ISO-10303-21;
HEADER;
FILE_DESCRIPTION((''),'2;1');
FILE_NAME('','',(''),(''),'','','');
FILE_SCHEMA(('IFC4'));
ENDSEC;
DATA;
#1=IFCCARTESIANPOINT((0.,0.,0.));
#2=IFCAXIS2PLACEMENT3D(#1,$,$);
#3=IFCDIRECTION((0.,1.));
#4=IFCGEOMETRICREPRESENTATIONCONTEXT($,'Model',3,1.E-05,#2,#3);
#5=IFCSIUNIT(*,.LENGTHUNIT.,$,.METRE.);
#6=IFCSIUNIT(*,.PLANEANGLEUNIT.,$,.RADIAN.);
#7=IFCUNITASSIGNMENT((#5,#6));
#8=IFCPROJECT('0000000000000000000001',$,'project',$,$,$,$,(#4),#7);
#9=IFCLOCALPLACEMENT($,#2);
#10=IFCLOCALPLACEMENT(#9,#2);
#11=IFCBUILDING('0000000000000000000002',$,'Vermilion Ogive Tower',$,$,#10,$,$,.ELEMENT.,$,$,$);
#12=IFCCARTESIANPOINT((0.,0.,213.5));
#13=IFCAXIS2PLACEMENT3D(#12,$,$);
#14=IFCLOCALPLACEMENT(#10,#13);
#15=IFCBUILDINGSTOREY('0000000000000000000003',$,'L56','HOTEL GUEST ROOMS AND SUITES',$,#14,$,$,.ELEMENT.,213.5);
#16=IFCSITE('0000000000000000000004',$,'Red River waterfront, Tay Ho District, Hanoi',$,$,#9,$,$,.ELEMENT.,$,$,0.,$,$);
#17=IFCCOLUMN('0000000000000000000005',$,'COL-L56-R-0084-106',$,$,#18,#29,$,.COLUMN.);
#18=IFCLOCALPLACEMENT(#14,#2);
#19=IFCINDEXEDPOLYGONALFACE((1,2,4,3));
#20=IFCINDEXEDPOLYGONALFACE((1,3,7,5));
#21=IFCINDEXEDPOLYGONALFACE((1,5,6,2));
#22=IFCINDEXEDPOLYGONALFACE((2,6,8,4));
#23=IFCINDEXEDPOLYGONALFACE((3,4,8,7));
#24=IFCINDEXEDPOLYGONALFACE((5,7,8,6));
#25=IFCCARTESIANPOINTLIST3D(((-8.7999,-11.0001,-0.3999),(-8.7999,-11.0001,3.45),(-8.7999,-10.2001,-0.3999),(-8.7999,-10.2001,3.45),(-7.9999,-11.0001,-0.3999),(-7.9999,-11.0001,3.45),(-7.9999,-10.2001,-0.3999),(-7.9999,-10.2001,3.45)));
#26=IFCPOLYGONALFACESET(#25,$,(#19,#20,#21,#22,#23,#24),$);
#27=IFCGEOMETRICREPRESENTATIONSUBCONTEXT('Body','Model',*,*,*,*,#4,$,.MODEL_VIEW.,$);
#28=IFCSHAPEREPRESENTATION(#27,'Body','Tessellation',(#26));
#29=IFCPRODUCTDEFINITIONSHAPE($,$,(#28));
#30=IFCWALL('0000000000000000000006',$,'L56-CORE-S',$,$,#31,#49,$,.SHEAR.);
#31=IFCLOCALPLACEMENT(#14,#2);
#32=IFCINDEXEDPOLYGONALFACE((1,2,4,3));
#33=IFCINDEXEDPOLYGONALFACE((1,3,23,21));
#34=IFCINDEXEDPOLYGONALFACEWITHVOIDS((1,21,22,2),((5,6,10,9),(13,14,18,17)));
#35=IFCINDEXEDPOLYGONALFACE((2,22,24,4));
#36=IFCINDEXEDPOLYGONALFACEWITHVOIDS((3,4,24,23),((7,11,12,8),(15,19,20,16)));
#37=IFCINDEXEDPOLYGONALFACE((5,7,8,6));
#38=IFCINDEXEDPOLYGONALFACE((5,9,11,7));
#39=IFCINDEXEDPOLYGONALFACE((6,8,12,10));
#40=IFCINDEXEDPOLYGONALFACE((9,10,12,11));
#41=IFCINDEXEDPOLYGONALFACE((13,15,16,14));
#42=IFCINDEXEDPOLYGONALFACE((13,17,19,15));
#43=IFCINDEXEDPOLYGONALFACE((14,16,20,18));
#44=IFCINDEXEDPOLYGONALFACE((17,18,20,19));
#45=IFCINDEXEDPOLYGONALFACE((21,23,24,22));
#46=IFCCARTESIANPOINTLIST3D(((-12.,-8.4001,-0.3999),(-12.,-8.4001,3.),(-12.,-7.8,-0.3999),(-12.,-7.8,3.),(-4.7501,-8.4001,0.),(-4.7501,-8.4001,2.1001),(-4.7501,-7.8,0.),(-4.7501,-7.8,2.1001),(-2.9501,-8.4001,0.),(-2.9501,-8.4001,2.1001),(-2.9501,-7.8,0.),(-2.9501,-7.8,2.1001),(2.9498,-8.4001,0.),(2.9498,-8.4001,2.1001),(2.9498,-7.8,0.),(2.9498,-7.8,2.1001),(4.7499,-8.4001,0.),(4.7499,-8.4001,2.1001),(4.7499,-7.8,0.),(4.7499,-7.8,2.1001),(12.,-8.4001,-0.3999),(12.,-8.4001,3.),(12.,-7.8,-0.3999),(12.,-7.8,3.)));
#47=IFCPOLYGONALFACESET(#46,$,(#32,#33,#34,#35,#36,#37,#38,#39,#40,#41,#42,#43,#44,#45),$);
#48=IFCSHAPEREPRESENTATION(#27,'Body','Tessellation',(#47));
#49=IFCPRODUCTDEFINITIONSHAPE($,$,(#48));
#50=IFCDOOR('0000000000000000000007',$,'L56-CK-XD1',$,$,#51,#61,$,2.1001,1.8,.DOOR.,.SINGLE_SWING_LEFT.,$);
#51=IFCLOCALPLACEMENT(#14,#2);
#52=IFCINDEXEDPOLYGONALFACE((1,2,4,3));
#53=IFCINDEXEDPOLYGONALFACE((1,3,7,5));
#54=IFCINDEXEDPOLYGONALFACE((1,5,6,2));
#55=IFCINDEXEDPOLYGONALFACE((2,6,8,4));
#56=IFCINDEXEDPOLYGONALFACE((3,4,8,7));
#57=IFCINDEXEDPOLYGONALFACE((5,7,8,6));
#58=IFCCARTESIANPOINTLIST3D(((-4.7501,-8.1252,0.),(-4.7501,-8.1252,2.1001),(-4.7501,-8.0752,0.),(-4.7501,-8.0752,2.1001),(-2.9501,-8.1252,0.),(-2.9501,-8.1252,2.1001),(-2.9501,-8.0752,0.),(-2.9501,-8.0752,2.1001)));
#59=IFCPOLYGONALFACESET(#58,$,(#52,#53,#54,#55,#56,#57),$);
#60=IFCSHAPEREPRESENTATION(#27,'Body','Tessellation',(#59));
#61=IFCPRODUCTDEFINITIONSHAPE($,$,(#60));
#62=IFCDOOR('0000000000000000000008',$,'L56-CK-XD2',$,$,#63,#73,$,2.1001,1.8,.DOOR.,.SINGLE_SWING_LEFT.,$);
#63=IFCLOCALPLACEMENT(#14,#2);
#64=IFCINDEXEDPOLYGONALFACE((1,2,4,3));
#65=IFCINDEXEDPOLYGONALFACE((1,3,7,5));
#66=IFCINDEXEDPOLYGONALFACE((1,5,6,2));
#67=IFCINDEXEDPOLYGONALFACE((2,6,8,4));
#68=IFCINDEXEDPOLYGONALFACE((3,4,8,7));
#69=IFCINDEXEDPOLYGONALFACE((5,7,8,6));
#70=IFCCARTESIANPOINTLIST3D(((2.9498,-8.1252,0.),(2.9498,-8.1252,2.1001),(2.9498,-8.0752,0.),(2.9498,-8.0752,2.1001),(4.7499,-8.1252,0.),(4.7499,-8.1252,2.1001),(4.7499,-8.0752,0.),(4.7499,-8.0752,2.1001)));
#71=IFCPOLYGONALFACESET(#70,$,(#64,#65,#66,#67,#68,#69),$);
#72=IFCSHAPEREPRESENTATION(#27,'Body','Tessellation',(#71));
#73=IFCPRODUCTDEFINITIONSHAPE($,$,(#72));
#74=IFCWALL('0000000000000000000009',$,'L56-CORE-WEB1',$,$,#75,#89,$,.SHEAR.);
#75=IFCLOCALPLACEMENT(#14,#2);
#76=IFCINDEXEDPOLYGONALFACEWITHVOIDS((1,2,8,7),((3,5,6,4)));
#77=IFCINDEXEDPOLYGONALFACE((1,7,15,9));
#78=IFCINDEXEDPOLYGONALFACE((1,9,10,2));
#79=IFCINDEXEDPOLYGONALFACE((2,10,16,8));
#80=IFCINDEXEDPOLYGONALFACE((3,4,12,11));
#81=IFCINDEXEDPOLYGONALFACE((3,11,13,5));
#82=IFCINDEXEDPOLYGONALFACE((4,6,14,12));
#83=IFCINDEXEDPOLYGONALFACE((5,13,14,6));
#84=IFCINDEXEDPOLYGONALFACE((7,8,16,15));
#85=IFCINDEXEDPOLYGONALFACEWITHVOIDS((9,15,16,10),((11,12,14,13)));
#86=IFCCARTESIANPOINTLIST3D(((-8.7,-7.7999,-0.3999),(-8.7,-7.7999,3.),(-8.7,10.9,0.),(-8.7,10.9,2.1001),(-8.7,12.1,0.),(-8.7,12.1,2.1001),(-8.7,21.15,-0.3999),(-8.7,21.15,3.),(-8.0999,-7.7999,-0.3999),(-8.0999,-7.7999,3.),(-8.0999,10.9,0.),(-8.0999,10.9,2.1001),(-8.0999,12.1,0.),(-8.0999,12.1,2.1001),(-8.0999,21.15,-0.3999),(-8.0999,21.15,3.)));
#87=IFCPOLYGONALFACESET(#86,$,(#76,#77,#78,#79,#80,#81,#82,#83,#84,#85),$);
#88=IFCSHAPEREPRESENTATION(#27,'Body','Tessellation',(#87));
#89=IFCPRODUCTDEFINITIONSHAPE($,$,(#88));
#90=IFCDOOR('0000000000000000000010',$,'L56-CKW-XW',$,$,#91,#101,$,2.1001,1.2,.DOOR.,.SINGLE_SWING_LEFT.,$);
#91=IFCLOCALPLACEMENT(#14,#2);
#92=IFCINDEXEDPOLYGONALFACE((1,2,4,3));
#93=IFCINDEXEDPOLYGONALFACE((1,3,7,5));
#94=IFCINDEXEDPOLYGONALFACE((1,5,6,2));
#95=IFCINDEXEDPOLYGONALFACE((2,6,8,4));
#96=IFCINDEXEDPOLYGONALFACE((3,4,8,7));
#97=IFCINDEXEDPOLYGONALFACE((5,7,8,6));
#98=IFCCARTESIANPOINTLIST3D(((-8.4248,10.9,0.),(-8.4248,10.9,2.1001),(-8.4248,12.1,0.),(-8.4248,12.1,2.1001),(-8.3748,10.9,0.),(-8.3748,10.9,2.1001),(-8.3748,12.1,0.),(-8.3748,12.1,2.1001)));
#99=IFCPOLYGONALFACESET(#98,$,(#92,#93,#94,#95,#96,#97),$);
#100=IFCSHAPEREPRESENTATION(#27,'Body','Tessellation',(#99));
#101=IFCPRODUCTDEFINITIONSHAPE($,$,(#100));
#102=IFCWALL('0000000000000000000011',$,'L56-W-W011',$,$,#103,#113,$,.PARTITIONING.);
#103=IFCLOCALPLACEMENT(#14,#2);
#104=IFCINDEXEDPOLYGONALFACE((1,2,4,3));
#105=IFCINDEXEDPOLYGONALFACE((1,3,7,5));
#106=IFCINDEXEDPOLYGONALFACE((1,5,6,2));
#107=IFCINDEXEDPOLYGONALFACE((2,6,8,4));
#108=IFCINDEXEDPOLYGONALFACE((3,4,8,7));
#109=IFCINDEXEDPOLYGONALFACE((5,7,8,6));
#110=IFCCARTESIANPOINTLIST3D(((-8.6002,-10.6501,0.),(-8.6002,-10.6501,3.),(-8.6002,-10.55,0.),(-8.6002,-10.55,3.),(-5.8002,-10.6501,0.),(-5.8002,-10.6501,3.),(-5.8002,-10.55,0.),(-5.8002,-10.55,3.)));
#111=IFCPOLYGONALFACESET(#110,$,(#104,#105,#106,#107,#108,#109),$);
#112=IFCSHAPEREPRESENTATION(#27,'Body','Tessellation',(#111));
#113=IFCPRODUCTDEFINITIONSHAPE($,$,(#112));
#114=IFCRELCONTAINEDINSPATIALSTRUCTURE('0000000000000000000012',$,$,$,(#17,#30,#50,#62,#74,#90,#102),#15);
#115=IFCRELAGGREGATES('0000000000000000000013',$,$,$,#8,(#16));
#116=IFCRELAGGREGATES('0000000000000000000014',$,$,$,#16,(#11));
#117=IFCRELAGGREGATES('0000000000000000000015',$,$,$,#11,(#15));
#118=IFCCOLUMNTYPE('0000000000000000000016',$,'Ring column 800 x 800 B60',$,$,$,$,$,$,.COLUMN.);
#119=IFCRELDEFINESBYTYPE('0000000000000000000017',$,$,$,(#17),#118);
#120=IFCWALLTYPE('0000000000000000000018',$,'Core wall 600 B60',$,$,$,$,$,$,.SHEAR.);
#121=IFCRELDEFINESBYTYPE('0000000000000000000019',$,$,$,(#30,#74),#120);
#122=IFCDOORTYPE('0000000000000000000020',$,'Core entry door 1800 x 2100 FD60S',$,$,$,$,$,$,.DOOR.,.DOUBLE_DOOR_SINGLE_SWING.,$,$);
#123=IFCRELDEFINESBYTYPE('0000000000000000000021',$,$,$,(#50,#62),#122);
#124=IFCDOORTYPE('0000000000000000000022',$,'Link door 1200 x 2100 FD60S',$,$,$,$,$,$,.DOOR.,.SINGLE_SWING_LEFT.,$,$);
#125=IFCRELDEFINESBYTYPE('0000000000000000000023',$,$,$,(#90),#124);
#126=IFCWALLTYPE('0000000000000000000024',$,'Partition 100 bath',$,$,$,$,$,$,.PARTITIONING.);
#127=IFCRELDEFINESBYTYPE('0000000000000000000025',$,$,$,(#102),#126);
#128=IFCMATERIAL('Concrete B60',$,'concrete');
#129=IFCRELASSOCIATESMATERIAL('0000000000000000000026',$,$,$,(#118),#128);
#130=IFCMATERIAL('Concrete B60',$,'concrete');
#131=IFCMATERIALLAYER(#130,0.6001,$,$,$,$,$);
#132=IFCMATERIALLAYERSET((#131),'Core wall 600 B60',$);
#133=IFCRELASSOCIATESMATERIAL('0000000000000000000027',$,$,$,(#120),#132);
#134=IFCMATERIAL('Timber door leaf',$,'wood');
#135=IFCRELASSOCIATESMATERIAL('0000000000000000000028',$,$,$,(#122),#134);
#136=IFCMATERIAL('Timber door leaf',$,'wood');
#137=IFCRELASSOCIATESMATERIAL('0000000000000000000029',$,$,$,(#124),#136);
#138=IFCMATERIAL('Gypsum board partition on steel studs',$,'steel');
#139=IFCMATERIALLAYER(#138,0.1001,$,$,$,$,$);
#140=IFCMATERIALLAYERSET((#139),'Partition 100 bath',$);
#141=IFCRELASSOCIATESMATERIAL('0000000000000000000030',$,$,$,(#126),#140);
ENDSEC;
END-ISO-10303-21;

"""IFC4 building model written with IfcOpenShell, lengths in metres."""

from ifc_helpers import new_model, si_unit, direction, frame, frame_2d, origin, origin_2d, place, context, subcontext, project, spatial, rectangle, extrude, material, layer, layer_set, material_profile, profile_set, type_object, element, fill, save


model = new_model("IFC4")

# Units and contexts
model_context = context("Model", 3, precision=1e-05, world=origin(), true_north=direction((0.0, 1.0)))
body_context = subcontext(model_context, "Body", "Model", "MODEL_VIEW")
ifc_project = project(units=[si_unit("LENGTHUNIT", "METRE"), si_unit("PLANEANGLEUNIT", "RADIAN")], contexts=[model_context])

# Site, building, storey
site_placement = place(None, origin())
site = spatial("IfcSite", under=ifc_project, at=site_placement, Name="Red River waterfront, Tay Ho District, Hanoi", CompositionType="ELEMENT", RefElevation=0.0)
building_placement = place(site_placement, origin())
building = spatial("IfcBuilding", under=site, at=building_placement, Name="Vermilion Ogive Tower", CompositionType="ELEMENT")
storey_placement = place(building_placement, frame((0.0, 0.0, 213.5)))
storey = spatial("IfcBuildingStorey", under=building, at=storey_placement, Name="L56", Description="HOTEL GUEST ROOMS AND SUITES", CompositionType="ELEMENT", Elevation=213.5)

# Column
ifc_material_1 = material(Name="Concrete B60", Category="concrete")
ifc_material_profile = material_profile(ifc_material_1, rectangle(XDim=0.8, YDim=0.8, at=origin_2d()), Name="800 x 800")
ifc_profile_set = profile_set([ifc_material_profile], Name="Concrete B60")
column_type = type_object("IfcColumnType", Name="Ring column 800 x 800 B60", PredefinedType="COLUMN", material=ifc_profile_set)
column_placement = place(storey_placement, frame((-8.3999, -10.6001, -0.3999), z_axis=(0.0, 0.0, 1.0), x_axis=(1.0, 0.0, 0.0)))
element("IfcColumn", 1, at=column_placement, inside=storey, type_object=column_type, Name="COL-L56-R-0084-106", PredefinedType="COLUMN", context=body_context, shape_type="SweptSolid", body=[
    extrude(rectangle(XDim=0.8, YDim=0.8, at=origin_2d()), origin(), (0.0, 0.0, 1.0), 3.8499),
])

# Wall, openings, doors
ifc_material_2 = material(Name="Concrete B60", Category="concrete")
ifc_layer_1 = layer(ifc_material_2, 0.6001)
ifc_layer_set_1 = layer_set([ifc_layer_1], Name="Core wall 600 B60")
wall_type_1 = type_object("IfcWallType", Name="Core wall 600 B60", PredefinedType="SHEAR", material=ifc_layer_set_1)
wall_1_placement = place(storey_placement, frame((-12.0, -8.1001, -0.3999), z_axis=(0.0, 0.0, 1.0), x_axis=(1.0, 0.0, 0.0)))
wall_1 = element("IfcWall", 2, at=wall_1_placement, inside=storey, type_object=wall_type_1, Name="L56-CORE-S", PredefinedType="SHEAR", context=body_context, shape_type="SweptSolid", body=[
    extrude(rectangle(XDim=24.0, YDim=0.6001, at=frame_2d((12.0, 0.0))), origin(), (0.0, 0.0, 1.0), 3.3999),
])
opening_1_placement = place(wall_1_placement, frame((7.25, 0.0, 0.3999)))
opening_1 = element("IfcOpeningElement", 3, at=opening_1_placement, cuts=wall_1, PredefinedType="OPENING", context=body_context, shape_type="SweptSolid", body=[
    extrude(rectangle(XDim=1.8, YDim=2.1001, at=frame_2d((0.8999, 1.05))), frame((0.0, 0.3101, 0.0), z_axis=(0.0, -1.0, 0.0), x_axis=(1.0, 0.0, 0.0)), (0.0, 0.0, 1.0), 0.6201),
])
opening_2_placement = place(wall_1_placement, frame((14.95, 0.0, 0.3999)))
opening_2 = element("IfcOpeningElement", 4, at=opening_2_placement, cuts=wall_1, PredefinedType="OPENING", context=body_context, shape_type="SweptSolid", body=[
    extrude(rectangle(XDim=1.8, YDim=2.1001, at=frame_2d((0.8999, 1.05))), frame((0.0, 0.3101, 0.0), z_axis=(0.0, -1.0, 0.0), x_axis=(1.0, 0.0, 0.0)), (0.0, 0.0, 1.0), 0.6201),
])
ifc_material_3 = material(Name="Timber door leaf", Category="wood")
door_type_1 = type_object("IfcDoorType", Name="Core entry door 1800 x 2100 FD60S", OperationType="DOUBLE_DOOR_SINGLE_SWING", PredefinedType="DOOR", material=ifc_material_3)
door_1_placement = place(opening_1_placement, origin())
door_1 = element("IfcDoor", 5, at=door_1_placement, inside=storey, type_object=door_type_1, Name="L56-CK-XD1", OperationType="SINGLE_SWING_LEFT", OverallHeight=2.1001, OverallWidth=1.8, PredefinedType="DOOR", context=body_context, shape_type="SweptSolid", body=[
    extrude(rectangle(XDim=1.8, YDim=2.1001, at=frame_2d((0.8999, 1.05))), frame((0.0, 0.0249, 0.0), z_axis=(0.0, -1.0, 0.0), x_axis=(1.0, 0.0, 0.0)), (0.0, 0.0, 1.0), 0.05),
])
fill(opening_1, door_1)
door_2_placement = place(opening_2_placement, origin())
door_2 = element("IfcDoor", 6, at=door_2_placement, inside=storey, type_object=door_type_1, Name="L56-CK-XD2", OperationType="SINGLE_SWING_LEFT", OverallHeight=2.1001, OverallWidth=1.8, PredefinedType="DOOR", context=body_context, shape_type="SweptSolid", body=[
    extrude(rectangle(XDim=1.8, YDim=2.1001, at=frame_2d((0.8999, 1.05))), frame((0.0, 0.0249, 0.0), z_axis=(0.0, -1.0, 0.0), x_axis=(1.0, 0.0, 0.0)), (0.0, 0.0, 1.0), 0.05),
])
fill(opening_2, door_2)

# Wall, opening, door
wall_2_placement = place(storey_placement, frame((-8.3999, -7.8, -0.3999), z_axis=(0.0, 0.0, 1.0), x_axis=(0.0, 1.0, 0.0)))
wall_2 = element("IfcWall", 7, at=wall_2_placement, inside=storey, type_object=wall_type_1, Name="L56-CORE-WEB1", PredefinedType="SHEAR", context=body_context, shape_type="SweptSolid", body=[
    extrude(rectangle(XDim=28.95, YDim=0.6001, at=frame_2d((14.4751, 0.0))), origin(), (0.0, 0.0, 1.0), 3.3999),
])
opening_3_placement = place(wall_2_placement, frame((18.7, 0.0, 0.3999)))
opening_3 = element("IfcOpeningElement", 8, at=opening_3_placement, cuts=wall_2, PredefinedType="OPENING", context=body_context, shape_type="SweptSolid", body=[
    extrude(rectangle(XDim=1.2, YDim=2.1001, at=frame_2d((0.6001, 1.05))), frame((0.0, 0.3101, 0.0), z_axis=(0.0, -1.0, 0.0), x_axis=(1.0, 0.0, 0.0)), (0.0, 0.0, 1.0), 0.6201),
])
ifc_material_4 = material(Name="Timber door leaf", Category="wood")
door_type_2 = type_object("IfcDoorType", Name="Link door 1200 x 2100 FD60S", OperationType="SINGLE_SWING_LEFT", PredefinedType="DOOR", material=ifc_material_4)
door_3_placement = place(opening_3_placement, origin())
door_3 = element("IfcDoor", 9, at=door_3_placement, inside=storey, type_object=door_type_2, Name="L56-CKW-XW", OperationType="SINGLE_SWING_LEFT", OverallHeight=2.1001, OverallWidth=1.2, PredefinedType="DOOR", context=body_context, shape_type="SweptSolid", body=[
    extrude(rectangle(XDim=1.2, YDim=2.1001, at=frame_2d((0.6001, 1.05))), frame((0.0, 0.0249, 0.0), z_axis=(0.0, -1.0, 0.0), x_axis=(1.0, 0.0, 0.0)), (0.0, 0.0, 1.0), 0.05),
])
fill(opening_3, door_3)

# Wall
ifc_material_5 = material(Name="Gypsum board partition on steel studs", Category="steel")
ifc_layer_2 = layer(ifc_material_5, 0.1001)
ifc_layer_set_2 = layer_set([ifc_layer_2], Name="Partition 100 bath")
wall_type_2 = type_object("IfcWallType", Name="Partition 100 bath", PredefinedType="PARTITIONING", material=ifc_layer_set_2)
wall_3_placement = place(storey_placement, frame((-8.6001, -10.6001, 0.0), z_axis=(0.0, 0.0, 1.0), x_axis=(1.0, 0.0, 0.0)))
element("IfcWall", 10, at=wall_3_placement, inside=storey, type_object=wall_type_2, Name="L56-W-W011", PredefinedType="PARTITIONING", context=body_context, shape_type="SweptSolid", body=[
    extrude(rectangle(XDim=2.8, YDim=0.1001, at=frame_2d((1.3999, 0.0))), origin(), (0.0, 0.0, 1.0), 3.0),
])

save(model, "model.ifc")
